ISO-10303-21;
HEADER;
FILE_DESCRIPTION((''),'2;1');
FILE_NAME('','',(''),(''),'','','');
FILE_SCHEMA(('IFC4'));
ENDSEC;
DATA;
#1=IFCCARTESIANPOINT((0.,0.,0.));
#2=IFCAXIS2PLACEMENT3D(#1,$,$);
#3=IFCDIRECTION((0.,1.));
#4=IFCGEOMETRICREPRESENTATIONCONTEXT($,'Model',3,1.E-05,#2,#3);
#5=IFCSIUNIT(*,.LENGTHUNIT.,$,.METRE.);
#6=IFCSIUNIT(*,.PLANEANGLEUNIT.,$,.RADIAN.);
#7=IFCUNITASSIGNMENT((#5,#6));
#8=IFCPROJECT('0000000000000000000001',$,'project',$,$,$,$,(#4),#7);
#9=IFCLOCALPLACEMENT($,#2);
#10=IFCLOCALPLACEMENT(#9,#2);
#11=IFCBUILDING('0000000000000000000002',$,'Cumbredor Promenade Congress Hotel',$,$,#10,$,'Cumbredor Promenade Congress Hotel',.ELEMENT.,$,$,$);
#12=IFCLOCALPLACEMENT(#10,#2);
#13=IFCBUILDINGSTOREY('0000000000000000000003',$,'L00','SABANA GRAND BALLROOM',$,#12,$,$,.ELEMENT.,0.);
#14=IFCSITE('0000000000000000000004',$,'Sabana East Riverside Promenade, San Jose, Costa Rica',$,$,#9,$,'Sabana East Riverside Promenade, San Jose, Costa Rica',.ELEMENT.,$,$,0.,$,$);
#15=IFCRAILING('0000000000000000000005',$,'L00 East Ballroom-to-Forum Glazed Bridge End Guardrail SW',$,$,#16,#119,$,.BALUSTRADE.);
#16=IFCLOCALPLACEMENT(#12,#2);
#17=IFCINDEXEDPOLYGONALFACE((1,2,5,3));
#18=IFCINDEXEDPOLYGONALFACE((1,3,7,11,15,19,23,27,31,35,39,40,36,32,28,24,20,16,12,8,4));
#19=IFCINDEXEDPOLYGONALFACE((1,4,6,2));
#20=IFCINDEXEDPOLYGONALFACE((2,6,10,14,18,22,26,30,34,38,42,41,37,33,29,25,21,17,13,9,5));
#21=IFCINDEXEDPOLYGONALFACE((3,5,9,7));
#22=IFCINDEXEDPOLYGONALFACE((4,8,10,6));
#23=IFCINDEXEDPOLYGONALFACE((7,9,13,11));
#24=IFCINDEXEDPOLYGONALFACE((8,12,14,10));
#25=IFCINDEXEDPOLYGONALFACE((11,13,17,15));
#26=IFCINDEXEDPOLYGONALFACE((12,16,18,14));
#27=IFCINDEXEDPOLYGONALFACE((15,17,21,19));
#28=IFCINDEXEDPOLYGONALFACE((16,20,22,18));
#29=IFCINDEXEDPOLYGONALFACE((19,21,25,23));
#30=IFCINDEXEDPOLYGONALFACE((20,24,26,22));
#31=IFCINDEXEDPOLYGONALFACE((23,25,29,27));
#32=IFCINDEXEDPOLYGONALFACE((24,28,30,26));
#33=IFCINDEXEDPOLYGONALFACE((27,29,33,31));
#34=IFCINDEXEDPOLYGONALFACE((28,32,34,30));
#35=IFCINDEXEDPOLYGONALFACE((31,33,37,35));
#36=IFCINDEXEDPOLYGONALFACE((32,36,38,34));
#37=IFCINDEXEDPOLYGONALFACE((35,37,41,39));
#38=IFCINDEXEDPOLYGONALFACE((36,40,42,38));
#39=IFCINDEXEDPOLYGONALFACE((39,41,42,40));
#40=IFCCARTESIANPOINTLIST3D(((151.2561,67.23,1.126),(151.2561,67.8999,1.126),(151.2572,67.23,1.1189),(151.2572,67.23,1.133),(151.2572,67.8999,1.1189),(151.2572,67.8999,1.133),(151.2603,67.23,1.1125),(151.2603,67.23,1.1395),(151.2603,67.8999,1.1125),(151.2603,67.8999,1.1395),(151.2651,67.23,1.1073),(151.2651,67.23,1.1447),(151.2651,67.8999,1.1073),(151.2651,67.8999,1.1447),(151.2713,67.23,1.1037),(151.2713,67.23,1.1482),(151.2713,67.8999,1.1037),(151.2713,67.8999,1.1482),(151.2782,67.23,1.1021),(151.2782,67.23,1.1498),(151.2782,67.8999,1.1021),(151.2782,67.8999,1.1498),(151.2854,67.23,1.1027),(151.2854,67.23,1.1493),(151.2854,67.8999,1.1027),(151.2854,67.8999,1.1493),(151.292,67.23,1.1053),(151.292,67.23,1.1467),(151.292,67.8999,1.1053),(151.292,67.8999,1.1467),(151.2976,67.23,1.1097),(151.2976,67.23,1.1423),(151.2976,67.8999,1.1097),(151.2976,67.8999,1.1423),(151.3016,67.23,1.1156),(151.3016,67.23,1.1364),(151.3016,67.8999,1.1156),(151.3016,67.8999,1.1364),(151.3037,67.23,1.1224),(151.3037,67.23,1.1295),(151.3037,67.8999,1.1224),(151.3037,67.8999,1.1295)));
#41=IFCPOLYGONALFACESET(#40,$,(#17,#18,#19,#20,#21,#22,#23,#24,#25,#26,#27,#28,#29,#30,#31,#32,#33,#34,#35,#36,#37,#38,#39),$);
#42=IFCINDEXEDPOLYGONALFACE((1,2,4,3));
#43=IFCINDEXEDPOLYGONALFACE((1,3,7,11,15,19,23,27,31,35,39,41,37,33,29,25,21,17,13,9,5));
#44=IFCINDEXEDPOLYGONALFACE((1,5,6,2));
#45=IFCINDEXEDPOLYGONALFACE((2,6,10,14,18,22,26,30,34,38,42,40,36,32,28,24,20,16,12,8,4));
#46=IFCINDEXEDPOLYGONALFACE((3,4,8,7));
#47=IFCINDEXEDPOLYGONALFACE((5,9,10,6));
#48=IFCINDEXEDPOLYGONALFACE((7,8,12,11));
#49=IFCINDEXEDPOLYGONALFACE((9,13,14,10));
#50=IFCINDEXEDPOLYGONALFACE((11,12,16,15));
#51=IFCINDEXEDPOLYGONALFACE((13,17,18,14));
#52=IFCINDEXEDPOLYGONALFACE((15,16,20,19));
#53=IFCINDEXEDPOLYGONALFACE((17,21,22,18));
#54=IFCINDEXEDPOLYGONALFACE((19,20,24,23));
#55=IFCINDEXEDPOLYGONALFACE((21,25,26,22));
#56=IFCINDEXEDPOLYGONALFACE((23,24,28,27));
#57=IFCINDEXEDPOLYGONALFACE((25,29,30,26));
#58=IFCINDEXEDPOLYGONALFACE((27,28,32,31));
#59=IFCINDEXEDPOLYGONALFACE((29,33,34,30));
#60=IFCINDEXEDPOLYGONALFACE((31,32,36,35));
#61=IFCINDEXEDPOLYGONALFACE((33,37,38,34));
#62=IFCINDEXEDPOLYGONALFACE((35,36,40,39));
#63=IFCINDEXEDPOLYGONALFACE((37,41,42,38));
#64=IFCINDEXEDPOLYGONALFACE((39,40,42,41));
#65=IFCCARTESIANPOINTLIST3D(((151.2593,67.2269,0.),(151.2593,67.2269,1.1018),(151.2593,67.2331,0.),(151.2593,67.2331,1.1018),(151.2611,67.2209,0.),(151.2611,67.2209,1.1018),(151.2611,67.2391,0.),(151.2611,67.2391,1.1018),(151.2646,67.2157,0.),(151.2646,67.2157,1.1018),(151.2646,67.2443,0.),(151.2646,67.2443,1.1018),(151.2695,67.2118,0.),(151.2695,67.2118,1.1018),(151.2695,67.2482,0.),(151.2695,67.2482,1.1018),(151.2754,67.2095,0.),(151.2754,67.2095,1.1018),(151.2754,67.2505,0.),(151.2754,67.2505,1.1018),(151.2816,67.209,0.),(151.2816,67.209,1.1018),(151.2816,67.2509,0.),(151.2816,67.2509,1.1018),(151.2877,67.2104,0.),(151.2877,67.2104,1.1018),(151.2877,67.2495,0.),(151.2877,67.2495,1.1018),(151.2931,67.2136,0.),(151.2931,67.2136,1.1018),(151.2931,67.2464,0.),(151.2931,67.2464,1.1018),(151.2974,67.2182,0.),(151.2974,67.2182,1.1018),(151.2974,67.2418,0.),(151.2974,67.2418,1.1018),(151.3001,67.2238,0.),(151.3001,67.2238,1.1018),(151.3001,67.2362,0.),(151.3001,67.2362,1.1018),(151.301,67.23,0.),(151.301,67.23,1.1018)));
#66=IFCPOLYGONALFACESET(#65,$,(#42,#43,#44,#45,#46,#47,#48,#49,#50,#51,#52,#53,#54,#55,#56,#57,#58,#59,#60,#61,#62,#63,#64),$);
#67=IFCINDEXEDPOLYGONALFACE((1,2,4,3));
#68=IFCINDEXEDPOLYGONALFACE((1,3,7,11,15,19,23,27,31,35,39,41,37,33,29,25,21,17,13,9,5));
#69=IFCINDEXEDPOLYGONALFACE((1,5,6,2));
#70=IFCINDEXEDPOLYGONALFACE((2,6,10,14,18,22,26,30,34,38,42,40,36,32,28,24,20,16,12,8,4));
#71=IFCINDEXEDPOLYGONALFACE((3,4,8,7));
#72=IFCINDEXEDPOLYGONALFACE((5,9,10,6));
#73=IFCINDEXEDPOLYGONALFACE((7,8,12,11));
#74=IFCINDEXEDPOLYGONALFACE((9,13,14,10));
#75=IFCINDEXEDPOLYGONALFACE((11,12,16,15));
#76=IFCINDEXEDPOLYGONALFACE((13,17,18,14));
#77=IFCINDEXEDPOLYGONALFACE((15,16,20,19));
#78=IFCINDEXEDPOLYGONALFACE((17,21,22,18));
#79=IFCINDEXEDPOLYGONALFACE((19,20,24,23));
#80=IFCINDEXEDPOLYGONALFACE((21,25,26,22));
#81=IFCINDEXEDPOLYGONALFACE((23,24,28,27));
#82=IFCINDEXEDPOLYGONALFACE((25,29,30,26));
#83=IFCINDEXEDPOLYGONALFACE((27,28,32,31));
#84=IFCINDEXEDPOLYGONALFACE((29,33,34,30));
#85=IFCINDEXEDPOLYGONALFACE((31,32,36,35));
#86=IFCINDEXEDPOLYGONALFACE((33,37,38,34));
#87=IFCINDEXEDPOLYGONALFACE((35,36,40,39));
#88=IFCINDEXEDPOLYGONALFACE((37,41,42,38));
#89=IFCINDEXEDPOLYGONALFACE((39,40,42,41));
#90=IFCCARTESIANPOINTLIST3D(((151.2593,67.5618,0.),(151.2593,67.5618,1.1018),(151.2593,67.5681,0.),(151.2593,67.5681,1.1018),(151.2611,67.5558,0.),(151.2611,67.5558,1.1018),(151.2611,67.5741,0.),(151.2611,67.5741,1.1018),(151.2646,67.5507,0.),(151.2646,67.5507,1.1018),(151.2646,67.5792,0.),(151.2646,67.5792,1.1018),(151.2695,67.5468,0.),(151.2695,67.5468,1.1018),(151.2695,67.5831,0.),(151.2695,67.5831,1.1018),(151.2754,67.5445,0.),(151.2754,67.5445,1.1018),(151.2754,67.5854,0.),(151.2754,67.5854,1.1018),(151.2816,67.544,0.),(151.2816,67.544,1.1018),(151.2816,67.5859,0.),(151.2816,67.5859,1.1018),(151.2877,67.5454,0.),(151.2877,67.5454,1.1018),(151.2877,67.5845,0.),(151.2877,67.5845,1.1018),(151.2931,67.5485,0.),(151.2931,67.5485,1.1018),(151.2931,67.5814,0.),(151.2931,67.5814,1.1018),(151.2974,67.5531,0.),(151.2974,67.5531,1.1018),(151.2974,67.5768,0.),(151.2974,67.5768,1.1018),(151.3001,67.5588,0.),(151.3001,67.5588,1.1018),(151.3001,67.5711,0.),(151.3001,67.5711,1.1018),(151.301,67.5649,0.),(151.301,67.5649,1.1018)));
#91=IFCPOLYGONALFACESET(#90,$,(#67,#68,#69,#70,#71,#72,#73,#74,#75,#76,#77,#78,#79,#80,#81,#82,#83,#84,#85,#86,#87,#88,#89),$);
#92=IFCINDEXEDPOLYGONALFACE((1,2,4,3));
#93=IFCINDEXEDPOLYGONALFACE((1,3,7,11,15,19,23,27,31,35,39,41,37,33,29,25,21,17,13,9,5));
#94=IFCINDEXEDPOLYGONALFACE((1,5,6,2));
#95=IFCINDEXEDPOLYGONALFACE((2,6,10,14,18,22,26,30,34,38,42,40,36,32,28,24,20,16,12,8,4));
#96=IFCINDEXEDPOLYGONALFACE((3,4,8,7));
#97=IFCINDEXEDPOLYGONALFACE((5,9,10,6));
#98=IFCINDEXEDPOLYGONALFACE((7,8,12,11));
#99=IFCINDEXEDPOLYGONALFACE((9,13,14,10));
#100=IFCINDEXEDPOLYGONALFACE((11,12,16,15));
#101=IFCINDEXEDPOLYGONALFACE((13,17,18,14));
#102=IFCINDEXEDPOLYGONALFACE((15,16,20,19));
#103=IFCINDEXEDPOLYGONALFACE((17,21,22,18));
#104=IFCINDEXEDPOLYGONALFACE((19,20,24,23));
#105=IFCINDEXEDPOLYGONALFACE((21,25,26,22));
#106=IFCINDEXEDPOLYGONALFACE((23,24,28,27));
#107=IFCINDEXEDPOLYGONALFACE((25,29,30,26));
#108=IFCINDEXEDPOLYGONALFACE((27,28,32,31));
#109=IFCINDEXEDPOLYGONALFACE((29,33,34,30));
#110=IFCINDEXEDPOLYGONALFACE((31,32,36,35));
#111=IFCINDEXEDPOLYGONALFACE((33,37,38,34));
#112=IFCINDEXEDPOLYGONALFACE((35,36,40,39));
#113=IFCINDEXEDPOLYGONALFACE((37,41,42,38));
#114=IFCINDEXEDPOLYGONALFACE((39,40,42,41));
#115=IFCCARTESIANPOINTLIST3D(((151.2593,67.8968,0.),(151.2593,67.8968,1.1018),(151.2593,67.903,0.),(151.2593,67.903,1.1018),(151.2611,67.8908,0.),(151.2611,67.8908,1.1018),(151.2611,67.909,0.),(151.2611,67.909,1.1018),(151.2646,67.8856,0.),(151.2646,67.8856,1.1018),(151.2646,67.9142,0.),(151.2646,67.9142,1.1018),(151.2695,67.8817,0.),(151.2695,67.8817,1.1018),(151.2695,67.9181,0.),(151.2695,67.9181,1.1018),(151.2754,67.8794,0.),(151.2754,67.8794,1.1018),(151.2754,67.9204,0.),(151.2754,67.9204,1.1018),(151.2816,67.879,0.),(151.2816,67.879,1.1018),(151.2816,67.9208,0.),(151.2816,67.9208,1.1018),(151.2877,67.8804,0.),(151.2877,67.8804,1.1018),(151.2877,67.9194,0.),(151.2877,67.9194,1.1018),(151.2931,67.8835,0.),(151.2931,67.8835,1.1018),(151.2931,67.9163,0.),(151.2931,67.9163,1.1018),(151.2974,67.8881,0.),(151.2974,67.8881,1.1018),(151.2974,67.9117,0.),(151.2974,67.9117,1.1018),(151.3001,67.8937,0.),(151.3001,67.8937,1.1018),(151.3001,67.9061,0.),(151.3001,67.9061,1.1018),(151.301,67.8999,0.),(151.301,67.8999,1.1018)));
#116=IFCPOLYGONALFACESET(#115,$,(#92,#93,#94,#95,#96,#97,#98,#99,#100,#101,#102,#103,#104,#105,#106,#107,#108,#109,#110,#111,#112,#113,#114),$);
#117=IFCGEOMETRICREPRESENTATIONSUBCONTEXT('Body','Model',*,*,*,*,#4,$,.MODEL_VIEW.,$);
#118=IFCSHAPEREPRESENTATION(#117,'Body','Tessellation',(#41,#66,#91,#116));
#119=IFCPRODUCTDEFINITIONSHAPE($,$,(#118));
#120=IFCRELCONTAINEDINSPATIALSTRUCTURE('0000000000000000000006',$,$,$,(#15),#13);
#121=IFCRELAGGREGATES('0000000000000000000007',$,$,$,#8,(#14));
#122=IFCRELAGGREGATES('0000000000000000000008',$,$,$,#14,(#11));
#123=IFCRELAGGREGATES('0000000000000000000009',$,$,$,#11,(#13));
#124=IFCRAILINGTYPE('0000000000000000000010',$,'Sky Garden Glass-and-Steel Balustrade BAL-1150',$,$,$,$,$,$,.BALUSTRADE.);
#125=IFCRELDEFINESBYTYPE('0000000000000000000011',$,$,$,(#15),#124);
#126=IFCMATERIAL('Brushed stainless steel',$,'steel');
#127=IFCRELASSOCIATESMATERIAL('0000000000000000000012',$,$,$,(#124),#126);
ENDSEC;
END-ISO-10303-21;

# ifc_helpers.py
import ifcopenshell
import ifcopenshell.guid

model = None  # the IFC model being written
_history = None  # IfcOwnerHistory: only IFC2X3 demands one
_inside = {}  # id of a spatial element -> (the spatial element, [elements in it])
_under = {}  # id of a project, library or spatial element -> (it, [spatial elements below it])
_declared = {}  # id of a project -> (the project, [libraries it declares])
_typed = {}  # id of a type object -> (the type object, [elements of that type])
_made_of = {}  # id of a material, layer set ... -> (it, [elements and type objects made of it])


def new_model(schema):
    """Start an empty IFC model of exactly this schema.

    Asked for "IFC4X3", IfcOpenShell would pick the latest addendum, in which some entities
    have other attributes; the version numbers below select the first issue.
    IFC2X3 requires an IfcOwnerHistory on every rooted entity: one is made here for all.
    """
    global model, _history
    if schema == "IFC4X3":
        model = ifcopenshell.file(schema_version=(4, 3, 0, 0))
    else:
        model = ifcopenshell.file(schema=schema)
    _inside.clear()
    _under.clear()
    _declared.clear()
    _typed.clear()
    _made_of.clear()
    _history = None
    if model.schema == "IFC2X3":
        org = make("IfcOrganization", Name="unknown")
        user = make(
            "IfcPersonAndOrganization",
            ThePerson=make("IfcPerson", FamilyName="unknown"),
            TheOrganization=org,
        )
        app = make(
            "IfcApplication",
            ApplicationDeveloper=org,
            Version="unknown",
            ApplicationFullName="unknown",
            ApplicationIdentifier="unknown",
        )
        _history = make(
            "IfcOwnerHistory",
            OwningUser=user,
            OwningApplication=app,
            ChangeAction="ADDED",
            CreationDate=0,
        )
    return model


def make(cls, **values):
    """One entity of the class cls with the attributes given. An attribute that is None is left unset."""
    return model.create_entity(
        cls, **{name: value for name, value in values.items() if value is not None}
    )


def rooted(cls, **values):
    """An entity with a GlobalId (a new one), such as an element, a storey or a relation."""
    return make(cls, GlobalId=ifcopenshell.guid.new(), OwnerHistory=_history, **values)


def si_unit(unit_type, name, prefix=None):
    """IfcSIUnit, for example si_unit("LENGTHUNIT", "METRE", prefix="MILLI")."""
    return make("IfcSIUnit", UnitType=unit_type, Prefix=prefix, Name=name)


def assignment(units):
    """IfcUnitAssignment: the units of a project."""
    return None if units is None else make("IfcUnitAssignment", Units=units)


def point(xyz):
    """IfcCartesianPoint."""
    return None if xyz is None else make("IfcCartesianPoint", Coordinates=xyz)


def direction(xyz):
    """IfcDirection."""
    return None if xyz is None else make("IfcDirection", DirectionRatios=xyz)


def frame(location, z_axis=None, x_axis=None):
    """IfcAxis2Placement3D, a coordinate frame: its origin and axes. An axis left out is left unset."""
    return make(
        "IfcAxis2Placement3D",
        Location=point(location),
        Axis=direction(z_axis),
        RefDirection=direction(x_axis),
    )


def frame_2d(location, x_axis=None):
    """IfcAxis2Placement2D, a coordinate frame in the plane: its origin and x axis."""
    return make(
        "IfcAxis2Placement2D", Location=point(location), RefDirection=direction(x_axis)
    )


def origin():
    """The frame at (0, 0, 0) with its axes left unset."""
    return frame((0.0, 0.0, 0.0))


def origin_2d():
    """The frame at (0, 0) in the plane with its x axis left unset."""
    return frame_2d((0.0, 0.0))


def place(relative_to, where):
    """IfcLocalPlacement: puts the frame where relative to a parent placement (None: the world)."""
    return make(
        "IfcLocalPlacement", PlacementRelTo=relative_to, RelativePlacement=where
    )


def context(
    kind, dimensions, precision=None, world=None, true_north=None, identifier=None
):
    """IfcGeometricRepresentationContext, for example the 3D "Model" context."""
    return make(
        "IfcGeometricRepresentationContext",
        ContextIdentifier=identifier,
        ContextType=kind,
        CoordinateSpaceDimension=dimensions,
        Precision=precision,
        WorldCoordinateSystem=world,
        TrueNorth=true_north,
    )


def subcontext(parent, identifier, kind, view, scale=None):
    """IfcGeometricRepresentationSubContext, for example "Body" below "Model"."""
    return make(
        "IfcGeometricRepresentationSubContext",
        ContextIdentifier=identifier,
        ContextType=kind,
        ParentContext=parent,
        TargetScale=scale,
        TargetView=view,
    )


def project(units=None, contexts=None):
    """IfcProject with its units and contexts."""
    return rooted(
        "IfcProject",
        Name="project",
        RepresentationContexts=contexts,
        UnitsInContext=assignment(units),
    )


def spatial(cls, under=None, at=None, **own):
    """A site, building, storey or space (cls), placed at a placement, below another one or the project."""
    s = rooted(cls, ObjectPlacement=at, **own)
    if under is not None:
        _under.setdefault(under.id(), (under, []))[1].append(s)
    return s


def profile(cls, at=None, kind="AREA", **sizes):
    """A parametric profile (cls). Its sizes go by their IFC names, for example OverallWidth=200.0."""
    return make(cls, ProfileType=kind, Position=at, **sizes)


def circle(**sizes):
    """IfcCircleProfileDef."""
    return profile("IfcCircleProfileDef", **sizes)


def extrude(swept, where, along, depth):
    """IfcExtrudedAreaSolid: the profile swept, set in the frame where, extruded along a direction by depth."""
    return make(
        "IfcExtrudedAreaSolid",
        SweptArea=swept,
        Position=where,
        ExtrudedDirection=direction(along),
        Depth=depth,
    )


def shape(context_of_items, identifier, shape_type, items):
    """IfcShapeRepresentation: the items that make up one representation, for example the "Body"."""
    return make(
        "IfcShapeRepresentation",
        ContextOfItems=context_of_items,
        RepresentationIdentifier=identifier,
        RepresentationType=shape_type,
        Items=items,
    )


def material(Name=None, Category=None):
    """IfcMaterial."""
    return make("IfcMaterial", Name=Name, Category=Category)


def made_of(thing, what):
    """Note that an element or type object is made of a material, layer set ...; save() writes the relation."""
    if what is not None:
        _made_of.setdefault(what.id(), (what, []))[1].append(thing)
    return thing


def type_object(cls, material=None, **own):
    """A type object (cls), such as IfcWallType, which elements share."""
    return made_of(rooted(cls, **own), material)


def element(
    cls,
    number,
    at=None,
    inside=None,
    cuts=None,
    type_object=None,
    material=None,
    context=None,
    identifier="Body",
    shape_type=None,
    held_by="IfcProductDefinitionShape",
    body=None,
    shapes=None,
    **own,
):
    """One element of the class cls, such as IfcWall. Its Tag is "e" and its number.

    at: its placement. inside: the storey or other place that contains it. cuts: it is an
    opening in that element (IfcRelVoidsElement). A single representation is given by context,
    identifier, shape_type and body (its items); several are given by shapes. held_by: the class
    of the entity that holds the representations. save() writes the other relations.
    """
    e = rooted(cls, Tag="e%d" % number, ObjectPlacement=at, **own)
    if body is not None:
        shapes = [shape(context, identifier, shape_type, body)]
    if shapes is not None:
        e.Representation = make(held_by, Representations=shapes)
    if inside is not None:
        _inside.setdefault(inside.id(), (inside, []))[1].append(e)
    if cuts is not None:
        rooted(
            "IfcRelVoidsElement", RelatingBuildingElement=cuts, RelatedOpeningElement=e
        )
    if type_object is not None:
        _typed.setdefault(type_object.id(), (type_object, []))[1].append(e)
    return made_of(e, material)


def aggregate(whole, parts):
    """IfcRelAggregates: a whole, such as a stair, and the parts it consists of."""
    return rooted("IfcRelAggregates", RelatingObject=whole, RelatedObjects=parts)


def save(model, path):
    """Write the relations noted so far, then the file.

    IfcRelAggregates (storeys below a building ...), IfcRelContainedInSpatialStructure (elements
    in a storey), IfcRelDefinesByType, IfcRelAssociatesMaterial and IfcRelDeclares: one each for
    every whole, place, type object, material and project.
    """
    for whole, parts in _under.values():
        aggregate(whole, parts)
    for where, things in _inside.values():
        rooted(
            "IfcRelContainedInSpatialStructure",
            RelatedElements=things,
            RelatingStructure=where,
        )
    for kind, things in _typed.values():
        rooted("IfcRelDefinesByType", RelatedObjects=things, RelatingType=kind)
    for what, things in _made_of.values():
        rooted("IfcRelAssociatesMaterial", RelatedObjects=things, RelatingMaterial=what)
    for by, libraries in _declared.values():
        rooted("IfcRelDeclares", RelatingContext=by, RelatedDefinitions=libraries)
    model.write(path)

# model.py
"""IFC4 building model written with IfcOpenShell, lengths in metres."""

from ifc_helpers import new_model, si_unit, direction, frame, origin, origin_2d, place, context, subcontext, project, spatial, circle, extrude, material, type_object, element, save


model = new_model("IFC4")

# Units and contexts
model_context = context("Model", 3, precision=1e-05, world=origin(), true_north=direction((0.0, 1.0)))
body_context = subcontext(model_context, "Body", "Model", "MODEL_VIEW")
ifc_project = project(units=[si_unit("LENGTHUNIT", "METRE"), si_unit("PLANEANGLEUNIT", "RADIAN")], contexts=[model_context])

# Site, building, storey
site_placement = place(None, origin())
site = spatial("IfcSite", under=ifc_project, at=site_placement, Name="Sabana East Riverside Promenade, San Jose, Costa Rica", LongName="Sabana East Riverside Promenade, San Jose, Costa Rica", CompositionType="ELEMENT", RefElevation=0.0)
building_placement = place(site_placement, origin())
building = spatial("IfcBuilding", under=site, at=building_placement, Name="Cumbredor Promenade Congress Hotel", LongName="Cumbredor Promenade Congress Hotel", CompositionType="ELEMENT")
storey_placement = place(building_placement, origin())
storey = spatial("IfcBuildingStorey", under=building, at=storey_placement, Name="L00", Description="SABANA GRAND BALLROOM", CompositionType="ELEMENT", Elevation=0.0)

# Railing
ifc_material_1 = material(Name="Brushed stainless steel", Category="steel")
railing_type = type_object("IfcRailingType", Name="Sky Garden Glass-and-Steel Balustrade BAL-1150", PredefinedType="BALUSTRADE", material=ifc_material_1)
railing_placement = place(storey_placement, frame((151.28, 67.23, 0.0)))
element("IfcRailing", 1, at=railing_placement, inside=storey, type_object=railing_type, Name="L00 East Ballroom-to-Forum Glazed Bridge End Guardrail SW", PredefinedType="BALUSTRADE", context=body_context, shape_type="SweptSolid", body=[
    extrude(circle(Radius=0.0239, at=origin_2d()), frame((0.0, 0.0, 1.126), z_axis=(0.0, 1.0, 0.0), x_axis=(-1.0, 0.0, 0.0)), (0.0, 0.0, 1.0), 0.6699),
    extrude(circle(Radius=0.021, at=origin_2d()), origin(), (0.0, 0.0, 1.0), 1.1018),
    extrude(circle(Radius=0.021, at=origin_2d()), frame((0.0, 0.335, 0.0)), (0.0, 0.0, 1.0), 1.1018),
    extrude(circle(Radius=0.021, at=origin_2d()), frame((0.0, 0.6699, 0.0)), (0.0, 0.0, 1.0), 1.1018),
])

save(model, "model.ifc")
